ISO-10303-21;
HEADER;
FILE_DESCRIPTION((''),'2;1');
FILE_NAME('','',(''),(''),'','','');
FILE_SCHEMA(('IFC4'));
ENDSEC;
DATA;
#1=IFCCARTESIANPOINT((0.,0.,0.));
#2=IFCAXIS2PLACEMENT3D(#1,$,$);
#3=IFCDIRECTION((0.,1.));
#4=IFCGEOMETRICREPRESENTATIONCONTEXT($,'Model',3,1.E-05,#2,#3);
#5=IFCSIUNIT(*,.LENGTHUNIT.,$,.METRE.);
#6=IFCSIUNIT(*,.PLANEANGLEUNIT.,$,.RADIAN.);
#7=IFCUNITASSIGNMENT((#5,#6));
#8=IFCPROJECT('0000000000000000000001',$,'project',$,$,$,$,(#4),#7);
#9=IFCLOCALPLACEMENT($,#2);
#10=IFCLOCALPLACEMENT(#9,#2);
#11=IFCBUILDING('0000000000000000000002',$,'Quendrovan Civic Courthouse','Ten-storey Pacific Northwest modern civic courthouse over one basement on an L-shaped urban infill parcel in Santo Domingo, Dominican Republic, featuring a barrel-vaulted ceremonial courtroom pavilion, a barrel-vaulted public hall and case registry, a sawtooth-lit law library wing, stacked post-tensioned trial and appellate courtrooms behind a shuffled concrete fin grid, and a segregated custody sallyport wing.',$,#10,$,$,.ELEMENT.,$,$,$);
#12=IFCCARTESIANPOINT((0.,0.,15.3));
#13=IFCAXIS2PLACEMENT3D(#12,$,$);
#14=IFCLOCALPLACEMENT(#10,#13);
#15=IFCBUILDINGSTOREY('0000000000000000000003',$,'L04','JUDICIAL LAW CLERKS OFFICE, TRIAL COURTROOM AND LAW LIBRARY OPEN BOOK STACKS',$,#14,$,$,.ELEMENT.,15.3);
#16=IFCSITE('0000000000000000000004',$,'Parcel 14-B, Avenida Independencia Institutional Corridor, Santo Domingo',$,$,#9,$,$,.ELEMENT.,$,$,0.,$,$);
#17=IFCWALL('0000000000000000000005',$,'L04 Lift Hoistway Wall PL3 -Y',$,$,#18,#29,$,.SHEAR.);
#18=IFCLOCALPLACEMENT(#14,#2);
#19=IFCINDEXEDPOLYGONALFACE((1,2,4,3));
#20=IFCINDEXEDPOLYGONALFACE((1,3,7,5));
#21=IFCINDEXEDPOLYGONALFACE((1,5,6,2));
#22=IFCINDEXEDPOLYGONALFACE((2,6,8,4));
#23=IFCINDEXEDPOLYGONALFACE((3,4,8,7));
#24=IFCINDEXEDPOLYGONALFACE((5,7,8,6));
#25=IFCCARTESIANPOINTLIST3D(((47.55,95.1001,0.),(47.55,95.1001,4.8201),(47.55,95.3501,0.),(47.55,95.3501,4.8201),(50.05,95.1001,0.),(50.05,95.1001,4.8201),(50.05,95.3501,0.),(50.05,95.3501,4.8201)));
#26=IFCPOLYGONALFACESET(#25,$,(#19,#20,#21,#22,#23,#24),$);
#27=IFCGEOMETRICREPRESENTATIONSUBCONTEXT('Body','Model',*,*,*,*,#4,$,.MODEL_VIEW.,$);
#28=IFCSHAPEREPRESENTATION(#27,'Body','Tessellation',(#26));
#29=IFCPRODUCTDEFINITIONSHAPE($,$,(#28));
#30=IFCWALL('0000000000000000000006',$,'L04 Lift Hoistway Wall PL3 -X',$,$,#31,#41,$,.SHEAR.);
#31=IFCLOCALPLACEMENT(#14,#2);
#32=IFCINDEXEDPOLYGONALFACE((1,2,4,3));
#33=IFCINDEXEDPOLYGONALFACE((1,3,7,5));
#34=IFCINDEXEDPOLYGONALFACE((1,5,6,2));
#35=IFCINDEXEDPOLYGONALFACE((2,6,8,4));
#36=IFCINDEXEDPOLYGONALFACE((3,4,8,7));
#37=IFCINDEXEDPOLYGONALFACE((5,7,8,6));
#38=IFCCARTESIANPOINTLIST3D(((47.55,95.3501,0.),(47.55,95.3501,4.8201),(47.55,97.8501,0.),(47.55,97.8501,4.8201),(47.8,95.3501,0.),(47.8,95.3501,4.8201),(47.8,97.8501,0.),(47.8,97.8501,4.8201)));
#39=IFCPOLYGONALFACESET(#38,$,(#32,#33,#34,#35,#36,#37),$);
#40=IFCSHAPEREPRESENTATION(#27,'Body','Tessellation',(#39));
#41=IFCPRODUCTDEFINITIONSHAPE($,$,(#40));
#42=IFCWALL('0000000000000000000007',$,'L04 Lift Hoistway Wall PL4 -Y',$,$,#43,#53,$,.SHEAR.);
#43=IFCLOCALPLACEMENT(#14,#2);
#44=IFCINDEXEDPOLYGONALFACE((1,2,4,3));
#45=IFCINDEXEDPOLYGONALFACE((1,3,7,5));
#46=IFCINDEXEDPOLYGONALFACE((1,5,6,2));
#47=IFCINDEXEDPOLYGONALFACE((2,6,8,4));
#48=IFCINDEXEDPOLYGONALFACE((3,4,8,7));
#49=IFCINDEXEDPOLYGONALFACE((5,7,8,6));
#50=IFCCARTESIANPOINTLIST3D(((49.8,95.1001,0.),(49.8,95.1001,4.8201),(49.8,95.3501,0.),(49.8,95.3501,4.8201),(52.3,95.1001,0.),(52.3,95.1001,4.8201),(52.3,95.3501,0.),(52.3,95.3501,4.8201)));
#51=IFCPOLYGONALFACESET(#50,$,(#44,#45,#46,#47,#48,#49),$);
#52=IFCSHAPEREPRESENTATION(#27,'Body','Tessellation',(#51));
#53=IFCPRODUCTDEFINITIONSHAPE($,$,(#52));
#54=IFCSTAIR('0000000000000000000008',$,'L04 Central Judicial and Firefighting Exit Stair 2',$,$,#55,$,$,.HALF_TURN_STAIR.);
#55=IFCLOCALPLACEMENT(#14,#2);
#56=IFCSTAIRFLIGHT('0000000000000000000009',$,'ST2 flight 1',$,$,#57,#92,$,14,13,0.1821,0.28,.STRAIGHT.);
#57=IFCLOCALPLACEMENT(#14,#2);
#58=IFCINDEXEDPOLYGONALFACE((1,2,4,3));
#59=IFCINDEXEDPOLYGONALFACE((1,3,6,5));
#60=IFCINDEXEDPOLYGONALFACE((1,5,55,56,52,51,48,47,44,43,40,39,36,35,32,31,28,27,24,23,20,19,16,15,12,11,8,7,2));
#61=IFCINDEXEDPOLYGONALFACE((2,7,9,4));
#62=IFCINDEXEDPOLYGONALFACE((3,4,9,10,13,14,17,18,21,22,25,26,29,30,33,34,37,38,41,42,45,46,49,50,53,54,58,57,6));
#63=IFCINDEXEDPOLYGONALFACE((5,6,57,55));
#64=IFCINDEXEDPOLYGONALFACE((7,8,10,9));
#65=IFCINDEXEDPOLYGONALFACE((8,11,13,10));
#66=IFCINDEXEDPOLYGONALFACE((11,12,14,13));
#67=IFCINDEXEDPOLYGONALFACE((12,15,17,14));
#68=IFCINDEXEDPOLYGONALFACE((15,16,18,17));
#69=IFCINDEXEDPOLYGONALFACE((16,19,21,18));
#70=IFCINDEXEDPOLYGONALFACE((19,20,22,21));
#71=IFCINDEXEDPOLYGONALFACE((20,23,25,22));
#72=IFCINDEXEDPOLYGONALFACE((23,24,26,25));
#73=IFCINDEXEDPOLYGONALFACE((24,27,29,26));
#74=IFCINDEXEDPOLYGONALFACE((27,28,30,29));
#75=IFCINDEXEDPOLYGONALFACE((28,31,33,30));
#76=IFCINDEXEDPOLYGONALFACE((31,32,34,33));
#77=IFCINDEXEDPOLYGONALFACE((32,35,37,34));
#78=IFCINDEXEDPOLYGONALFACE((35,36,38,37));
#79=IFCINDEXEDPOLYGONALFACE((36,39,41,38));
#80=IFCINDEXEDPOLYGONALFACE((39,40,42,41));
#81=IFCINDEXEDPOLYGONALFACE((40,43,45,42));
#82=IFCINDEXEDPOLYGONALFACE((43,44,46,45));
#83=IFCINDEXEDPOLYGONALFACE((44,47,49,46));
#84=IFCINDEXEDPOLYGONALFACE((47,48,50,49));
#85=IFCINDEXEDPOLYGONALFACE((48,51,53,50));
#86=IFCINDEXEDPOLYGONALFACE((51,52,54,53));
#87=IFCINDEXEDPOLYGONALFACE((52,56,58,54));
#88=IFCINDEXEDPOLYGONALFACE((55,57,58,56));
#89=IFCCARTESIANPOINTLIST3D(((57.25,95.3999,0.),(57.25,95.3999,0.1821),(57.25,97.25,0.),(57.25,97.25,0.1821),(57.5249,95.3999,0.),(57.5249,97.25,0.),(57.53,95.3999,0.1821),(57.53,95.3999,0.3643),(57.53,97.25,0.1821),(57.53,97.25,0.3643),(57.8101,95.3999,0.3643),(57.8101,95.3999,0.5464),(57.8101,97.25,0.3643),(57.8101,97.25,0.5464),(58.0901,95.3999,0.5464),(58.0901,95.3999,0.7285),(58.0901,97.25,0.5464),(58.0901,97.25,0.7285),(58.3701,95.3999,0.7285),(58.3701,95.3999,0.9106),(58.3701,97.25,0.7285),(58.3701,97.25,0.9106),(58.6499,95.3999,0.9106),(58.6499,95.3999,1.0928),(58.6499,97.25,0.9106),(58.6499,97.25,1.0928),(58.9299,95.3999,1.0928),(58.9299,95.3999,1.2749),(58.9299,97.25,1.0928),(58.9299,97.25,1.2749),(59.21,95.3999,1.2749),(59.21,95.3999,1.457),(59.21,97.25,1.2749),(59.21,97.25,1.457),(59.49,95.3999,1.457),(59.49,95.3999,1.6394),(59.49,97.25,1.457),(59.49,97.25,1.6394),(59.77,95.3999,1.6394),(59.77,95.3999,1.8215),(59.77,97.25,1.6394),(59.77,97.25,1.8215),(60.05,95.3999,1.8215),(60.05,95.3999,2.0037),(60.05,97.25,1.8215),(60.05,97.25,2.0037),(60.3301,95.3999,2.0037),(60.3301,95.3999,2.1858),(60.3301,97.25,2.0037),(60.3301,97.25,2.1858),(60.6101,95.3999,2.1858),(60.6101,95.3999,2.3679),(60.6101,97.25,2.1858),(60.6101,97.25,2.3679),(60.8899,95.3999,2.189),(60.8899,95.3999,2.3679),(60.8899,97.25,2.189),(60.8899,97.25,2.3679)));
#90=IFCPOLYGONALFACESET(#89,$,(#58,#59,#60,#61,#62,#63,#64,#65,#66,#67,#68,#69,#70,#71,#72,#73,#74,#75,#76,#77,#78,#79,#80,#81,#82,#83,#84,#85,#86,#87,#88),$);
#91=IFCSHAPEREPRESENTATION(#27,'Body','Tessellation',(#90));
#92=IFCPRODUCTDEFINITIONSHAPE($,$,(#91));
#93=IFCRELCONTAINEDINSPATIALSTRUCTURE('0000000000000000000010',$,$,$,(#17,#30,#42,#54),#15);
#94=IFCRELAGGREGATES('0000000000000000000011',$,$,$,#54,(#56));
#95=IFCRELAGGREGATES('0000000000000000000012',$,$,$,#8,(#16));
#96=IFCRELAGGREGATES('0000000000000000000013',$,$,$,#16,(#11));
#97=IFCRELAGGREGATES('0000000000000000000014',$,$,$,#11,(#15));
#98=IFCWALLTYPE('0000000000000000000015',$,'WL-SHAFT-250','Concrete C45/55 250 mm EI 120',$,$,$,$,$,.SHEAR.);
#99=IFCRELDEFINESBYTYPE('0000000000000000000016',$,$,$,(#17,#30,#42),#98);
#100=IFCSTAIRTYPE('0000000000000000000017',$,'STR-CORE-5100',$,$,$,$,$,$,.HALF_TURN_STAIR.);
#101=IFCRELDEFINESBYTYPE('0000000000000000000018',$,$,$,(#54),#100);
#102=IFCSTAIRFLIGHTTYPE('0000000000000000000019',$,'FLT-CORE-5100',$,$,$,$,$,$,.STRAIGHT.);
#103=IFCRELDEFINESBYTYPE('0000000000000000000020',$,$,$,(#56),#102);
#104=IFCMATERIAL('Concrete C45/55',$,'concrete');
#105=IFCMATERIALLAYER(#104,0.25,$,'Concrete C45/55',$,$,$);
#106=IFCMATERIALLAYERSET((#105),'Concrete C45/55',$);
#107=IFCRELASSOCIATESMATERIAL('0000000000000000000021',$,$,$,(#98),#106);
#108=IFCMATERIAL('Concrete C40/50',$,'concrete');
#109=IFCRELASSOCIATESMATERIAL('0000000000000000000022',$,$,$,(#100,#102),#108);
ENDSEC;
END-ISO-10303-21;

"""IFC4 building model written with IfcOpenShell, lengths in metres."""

from ifc_helpers import new_model, si_unit, direction, frame, frame_2d, origin, place, context, subcontext, project, spatial, polyline, rectangle, outline, extrude, material, layer, layer_set, type_object, element, aggregate, save


model = new_model("IFC4")

# Units and contexts
model_context = context("Model", 3, precision=1e-05, world=origin(), true_north=direction((0.0, 1.0)))
body_context = subcontext(model_context, "Body", "Model", "MODEL_VIEW")
ifc_project = project(units=[si_unit("LENGTHUNIT", "METRE"), si_unit("PLANEANGLEUNIT", "RADIAN")], contexts=[model_context])

# Site, building, storey
site_placement = place(None, origin())
site = spatial("IfcSite", under=ifc_project, at=site_placement, Name="Parcel 14-B, Avenida Independencia Institutional Corridor, Santo Domingo", CompositionType="ELEMENT", RefElevation=0.0)
building_placement = place(site_placement, origin())
building = spatial("IfcBuilding", under=site, at=building_placement, Name="Quendrovan Civic Courthouse", Description="Ten-storey Pacific Northwest modern civic courthouse over one basement on an L-shaped urban infill parcel in Santo Domingo, Dominican Republic, featuring a barrel-vaulted ceremonial courtroom pavilion, a barrel-vaulted public hall and case registry, a sawtooth-lit law library wing, stacked post-tensioned trial and appellate courtrooms behind a shuffled concrete fin grid, and a segregated custody sallyport wing.", CompositionType="ELEMENT")
storey_placement = place(building_placement, frame((0.0, 0.0, 15.3)))
storey = spatial("IfcBuildingStorey", under=building, at=storey_placement, Name="L04", Description="JUDICIAL LAW CLERKS OFFICE, TRIAL COURTROOM AND LAW LIBRARY OPEN BOOK STACKS", CompositionType="ELEMENT", Elevation=15.3)

# Shared definitions
ifc_material_1 = material(Name="Concrete C40/50", Category="concrete")
ifc_material_2 = material(Name="Concrete C45/55", Category="concrete")

# Walls
ifc_layer_1 = layer(ifc_material_2, 0.25, Name="Concrete C45/55")
ifc_layer_set_1 = layer_set([ifc_layer_1], Name="Concrete C45/55")
wall_type_1 = type_object("IfcWallType", Name="WL-SHAFT-250", Description="Concrete C45/55 250 mm EI 120", PredefinedType="SHEAR", material=ifc_layer_set_1)
for number, where, z_axis, x_axis, name in (
    (1, (47.55, 95.2251, 0.0), (0.0, 0.0, 1.0), (1.0, 0.0, 0.0), "L04 Lift Hoistway Wall PL3 -Y"),
    (2, (47.675, 95.3501, 0.0), (0.0, 0.0, 1.0), (0.0, 1.0, 0.0), "L04 Lift Hoistway Wall PL3 -X"),
    (3, (49.8, 95.2251, 0.0), (0.0, 0.0, 1.0), (1.0, 0.0, 0.0), "L04 Lift Hoistway Wall PL4 -Y"),
):
    element("IfcWall", number, at=place(storey_placement, frame(where, z_axis=z_axis, x_axis=x_axis)), inside=storey, type_object=wall_type_1, Name=name, PredefinedType="SHEAR", context=body_context, shape_type="SweptSolid", body=[
        extrude(rectangle(XDim=2.5, YDim=0.25, at=frame_2d((1.25, 0.0))), origin(), (0.0, 0.0, 1.0), 4.8201),
    ])

# Stair, stair flight
stair_type = type_object("IfcStairType", Name="STR-CORE-5100", PredefinedType="HALF_TURN_STAIR", material=ifc_material_1)
stair_placement = place(storey_placement, origin())
stair = element("IfcStair", 4, at=stair_placement, inside=storey, type_object=stair_type, Name="L04 Central Judicial and Firefighting Exit Stair 2", PredefinedType="HALF_TURN_STAIR")
stair_flight_type = type_object("IfcStairFlightType", Name="FLT-CORE-5100", PredefinedType="STRAIGHT", material=ifc_material_1)
stair_flight_placement = place(storey_placement, frame((57.25, 96.325, 0.0), z_axis=(0.0, 0.0, 1.0), x_axis=(1.0, 0.0, 0.0)))
stair_flight = element("IfcStairFlight", 5, at=stair_flight_placement, type_object=stair_flight_type, Name="ST2 flight 1", NumberOfRisers=14, NumberOfTreads=13, PredefinedType="STRAIGHT", RiserHeight=0.1821, TreadLength=0.28, context=body_context, shape_type="SweptSolid", body=[
    extrude(outline(polyline([(0.0, 0.0), (0.0, 0.1821), (0.28, 0.1821), (0.28, 0.3643), (0.5601, 0.3643), (0.5601, 0.5464), (0.8401, 0.5464), (0.8401, 0.7285), (1.1201, 0.7285), (1.1201, 0.9106), (1.3999, 0.9106), (1.3999, 1.0928), (1.6799, 1.0928), (1.6799, 1.2749), (1.96, 1.2749), (1.96, 1.457), (2.24, 1.457), (2.24, 1.6394), (2.52, 1.6394), (2.52, 1.8215), (2.8, 1.8215), (2.8, 2.0037), (3.0801, 2.0037), (3.0801, 2.1858), (3.3601, 2.1858), (3.3601, 2.3679), (3.6399, 2.3679), (3.6399, 2.55), (3.6399, 2.189), (0.2749, 0.0), (0.0, 0.0)])), frame((0.0, 0.925, 0.0), z_axis=(0.0, -1.0, 0.0), x_axis=(1.0, 0.0, 0.0)), (0.0, 0.0, 1.0), 1.8501),
])
aggregate(stair, [stair_flight])

save(model, "model.ifc")
